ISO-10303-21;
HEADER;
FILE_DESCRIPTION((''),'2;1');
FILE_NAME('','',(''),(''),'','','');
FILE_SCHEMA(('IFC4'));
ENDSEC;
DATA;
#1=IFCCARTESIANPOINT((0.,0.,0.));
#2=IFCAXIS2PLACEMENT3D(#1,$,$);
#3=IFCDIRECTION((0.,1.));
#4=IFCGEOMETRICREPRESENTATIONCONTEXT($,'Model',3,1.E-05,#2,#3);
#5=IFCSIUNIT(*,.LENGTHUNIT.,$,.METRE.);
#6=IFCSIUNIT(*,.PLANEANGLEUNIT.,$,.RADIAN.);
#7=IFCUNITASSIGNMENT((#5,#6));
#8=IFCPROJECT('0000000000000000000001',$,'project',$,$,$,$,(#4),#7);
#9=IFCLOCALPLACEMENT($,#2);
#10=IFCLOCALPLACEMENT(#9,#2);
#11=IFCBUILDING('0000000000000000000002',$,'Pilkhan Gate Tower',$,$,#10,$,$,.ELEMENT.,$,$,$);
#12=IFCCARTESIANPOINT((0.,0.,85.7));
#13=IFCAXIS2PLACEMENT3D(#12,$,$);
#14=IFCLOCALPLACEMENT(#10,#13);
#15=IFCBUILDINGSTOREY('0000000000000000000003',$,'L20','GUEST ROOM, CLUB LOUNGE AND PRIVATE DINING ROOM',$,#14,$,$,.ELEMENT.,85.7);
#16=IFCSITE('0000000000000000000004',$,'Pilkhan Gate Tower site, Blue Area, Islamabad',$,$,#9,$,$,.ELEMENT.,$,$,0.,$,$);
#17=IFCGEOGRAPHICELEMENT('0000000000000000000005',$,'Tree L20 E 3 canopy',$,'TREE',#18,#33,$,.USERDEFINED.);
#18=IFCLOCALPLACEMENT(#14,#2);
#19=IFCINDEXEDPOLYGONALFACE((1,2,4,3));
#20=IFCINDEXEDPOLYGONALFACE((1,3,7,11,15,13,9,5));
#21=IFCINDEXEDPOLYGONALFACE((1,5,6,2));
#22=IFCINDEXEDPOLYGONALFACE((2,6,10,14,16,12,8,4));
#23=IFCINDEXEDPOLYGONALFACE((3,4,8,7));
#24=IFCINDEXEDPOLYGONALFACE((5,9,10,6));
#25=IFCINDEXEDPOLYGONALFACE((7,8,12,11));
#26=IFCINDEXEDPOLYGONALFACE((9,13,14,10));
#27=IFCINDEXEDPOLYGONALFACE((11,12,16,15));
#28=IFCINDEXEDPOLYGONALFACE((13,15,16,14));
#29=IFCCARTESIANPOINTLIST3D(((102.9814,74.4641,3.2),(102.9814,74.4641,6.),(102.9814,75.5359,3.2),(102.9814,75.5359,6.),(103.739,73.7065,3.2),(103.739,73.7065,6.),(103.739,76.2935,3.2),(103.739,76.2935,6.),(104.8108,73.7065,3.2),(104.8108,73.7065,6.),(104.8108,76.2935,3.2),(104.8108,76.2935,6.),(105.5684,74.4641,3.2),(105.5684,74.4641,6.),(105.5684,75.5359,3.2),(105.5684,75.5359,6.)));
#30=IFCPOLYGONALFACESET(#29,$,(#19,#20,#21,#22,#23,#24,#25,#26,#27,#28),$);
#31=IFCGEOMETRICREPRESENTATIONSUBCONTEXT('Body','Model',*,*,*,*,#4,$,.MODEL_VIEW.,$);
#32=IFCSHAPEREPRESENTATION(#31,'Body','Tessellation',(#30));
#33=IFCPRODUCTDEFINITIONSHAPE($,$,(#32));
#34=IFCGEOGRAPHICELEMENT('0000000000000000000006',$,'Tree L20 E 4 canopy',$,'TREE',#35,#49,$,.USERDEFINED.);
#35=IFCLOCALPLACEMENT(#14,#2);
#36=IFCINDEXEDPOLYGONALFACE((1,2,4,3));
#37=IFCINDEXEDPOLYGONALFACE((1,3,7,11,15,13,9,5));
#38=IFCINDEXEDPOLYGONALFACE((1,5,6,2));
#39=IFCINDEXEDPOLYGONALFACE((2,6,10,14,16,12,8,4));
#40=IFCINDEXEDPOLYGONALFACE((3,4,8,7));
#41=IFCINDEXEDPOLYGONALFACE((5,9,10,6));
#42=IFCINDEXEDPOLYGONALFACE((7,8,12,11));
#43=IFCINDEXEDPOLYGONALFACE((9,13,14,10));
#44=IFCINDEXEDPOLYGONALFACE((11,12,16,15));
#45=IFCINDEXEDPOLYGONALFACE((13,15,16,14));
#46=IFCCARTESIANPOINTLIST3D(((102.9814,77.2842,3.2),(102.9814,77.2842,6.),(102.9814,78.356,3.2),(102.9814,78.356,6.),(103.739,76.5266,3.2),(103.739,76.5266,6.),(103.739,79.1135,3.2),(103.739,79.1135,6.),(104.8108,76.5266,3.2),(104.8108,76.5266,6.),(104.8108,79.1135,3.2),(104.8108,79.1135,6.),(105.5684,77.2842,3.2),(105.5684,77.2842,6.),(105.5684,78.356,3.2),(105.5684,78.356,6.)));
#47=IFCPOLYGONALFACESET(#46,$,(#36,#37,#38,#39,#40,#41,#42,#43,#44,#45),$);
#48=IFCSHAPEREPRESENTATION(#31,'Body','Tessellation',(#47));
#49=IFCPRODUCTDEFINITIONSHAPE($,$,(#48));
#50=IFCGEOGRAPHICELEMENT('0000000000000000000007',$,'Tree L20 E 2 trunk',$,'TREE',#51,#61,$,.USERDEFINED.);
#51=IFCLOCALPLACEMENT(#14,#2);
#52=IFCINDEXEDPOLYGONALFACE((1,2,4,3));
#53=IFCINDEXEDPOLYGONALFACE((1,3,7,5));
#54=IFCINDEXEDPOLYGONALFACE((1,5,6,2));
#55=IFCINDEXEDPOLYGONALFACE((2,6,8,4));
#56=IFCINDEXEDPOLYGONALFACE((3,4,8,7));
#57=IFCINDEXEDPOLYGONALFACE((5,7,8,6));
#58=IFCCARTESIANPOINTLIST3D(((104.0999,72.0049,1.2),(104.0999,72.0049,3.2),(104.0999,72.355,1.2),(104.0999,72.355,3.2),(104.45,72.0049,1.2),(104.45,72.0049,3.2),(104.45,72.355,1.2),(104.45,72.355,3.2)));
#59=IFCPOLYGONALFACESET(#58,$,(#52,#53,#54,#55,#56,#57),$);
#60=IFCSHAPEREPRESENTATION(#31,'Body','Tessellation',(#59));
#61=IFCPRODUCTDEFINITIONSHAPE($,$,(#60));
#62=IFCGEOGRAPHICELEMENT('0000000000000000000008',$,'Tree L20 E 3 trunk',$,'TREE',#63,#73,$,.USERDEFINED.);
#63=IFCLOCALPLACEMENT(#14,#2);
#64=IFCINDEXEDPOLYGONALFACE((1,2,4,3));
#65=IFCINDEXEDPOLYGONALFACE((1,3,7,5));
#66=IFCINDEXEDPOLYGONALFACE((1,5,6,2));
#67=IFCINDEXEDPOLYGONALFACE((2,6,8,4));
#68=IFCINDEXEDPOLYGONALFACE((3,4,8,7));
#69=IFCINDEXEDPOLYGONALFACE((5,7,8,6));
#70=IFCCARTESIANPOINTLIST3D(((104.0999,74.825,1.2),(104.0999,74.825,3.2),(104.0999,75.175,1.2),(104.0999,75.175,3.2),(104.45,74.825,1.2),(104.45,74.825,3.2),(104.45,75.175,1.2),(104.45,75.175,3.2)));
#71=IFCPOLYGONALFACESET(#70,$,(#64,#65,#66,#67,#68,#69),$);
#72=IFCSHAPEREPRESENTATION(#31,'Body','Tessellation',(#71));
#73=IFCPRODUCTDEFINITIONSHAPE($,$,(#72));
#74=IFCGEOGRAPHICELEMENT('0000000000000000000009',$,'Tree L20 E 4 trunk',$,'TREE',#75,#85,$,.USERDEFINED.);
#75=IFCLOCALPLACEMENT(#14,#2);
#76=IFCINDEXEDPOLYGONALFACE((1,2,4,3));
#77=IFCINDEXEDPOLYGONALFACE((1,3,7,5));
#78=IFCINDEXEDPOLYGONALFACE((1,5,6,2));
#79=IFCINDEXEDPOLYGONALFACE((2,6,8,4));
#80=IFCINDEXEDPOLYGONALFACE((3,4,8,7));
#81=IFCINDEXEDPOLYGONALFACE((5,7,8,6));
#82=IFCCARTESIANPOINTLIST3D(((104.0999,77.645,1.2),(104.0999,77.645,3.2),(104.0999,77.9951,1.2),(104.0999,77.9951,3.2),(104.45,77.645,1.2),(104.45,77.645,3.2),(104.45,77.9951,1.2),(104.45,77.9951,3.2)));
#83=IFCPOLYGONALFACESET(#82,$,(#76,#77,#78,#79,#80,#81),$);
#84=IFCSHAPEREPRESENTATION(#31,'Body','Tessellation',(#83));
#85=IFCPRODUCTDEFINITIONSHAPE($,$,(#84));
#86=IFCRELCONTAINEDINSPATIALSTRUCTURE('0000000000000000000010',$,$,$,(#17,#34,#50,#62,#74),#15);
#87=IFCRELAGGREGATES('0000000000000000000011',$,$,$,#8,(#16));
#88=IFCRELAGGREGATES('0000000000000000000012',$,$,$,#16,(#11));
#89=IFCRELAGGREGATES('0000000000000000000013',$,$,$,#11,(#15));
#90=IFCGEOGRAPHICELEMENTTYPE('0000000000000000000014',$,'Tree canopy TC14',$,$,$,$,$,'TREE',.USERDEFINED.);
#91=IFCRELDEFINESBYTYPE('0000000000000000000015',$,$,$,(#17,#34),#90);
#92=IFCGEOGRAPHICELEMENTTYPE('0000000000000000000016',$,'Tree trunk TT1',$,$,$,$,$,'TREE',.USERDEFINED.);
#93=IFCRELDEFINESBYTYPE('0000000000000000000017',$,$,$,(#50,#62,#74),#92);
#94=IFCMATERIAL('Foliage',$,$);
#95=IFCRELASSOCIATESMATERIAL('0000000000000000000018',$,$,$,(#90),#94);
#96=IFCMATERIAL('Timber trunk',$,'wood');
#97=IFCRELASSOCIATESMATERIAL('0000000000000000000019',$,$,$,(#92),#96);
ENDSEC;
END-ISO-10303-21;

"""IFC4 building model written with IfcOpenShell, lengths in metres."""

from ifc_helpers import new_model, si_unit, direction, frame, origin, origin_2d, place, context, subcontext, project, spatial, polyline, rectangle, outline, extrude, material, material_profile, profile_set, type_object, element, save


model = new_model("IFC4")

# Units and contexts
model_context = context("Model", 3, precision=1e-05, world=origin(), true_north=direction((0.0, 1.0)))
body_context = subcontext(model_context, "Body", "Model", "MODEL_VIEW")
ifc_project = project(units=[si_unit("LENGTHUNIT", "METRE"), si_unit("PLANEANGLEUNIT", "RADIAN")], contexts=[model_context])

# Site, building, storey
site_placement = place(None, origin())
site = spatial("IfcSite", under=ifc_project, at=site_placement, Name="Pilkhan Gate Tower site, Blue Area, Islamabad", CompositionType="ELEMENT", RefElevation=0.0)
building_placement = place(site_placement, origin())
building = spatial("IfcBuilding", under=site, at=building_placement, Name="Pilkhan Gate Tower", CompositionType="ELEMENT")
storey_placement = place(building_placement, frame((0.0, 0.0, 85.7)))
storey = spatial("IfcBuildingStorey", under=building, at=storey_placement, Name="L20", Description="GUEST ROOM, CLUB LOUNGE AND PRIVATE DINING ROOM", CompositionType="ELEMENT", Elevation=85.7)

# Geographic elements
ifc_material_1 = material(Name="Foliage")
ifc_material_profile_1 = material_profile(ifc_material_1, outline(polyline([(1.2935, 0.5359), (0.5359, 1.2935), (-0.5359, 1.2935), (-1.2935, 0.5359), (-1.2935, -0.5359), (-0.5359, -1.2935), (0.5359, -1.2935), (1.2935, -0.5359), (1.2935, 0.5359)])), Name="Canopy D2.8")
ifc_profile_set_1 = profile_set([ifc_material_profile_1], Name="Foliage")
geographic_element_type_1 = type_object("IfcGeographicElementType", Name="Tree canopy TC14", ElementType="TREE", PredefinedType="USERDEFINED", material=ifc_profile_set_1)
for number, where, z_axis, x_axis, name in (
    (1, (104.2749, 75.0, 3.2), (0.0, 0.0, 1.0), (1.0, 0.0, 0.0), "Tree L20 E 3 canopy"),
    (2, (104.2749, 77.8201, 3.2), (0.0, 0.0, 1.0), (1.0, 0.0, 0.0), "Tree L20 E 4 canopy"),
):
    element("IfcGeographicElement", number, at=place(storey_placement, frame(where, z_axis=z_axis, x_axis=x_axis)), inside=storey, type_object=geographic_element_type_1, Name=name, ObjectType="TREE", PredefinedType="USERDEFINED", context=body_context, shape_type="SweptSolid", body=[
        extrude(outline(polyline([(1.2935, 0.5359), (0.5359, 1.2935), (-0.5359, 1.2935), (-1.2935, 0.5359), (-1.2935, -0.5359), (-0.5359, -1.2935), (0.5359, -1.2935), (1.2935, -0.5359), (1.2935, 0.5359)])), origin(), (0.0, 0.0, 1.0), 2.8),
    ])
ifc_material_2 = material(Name="Timber trunk", Category="wood")
geographic_element_type_2 = type_object("IfcGeographicElementType", Name="Tree trunk TT1", ElementType="TREE", PredefinedType="USERDEFINED", material=ifc_material_2)
for number, where, z_axis, x_axis, name in (
    (3, (104.2749, 72.1799, 1.2), (0.0, 0.0, 1.0), (1.0, 0.0, 0.0), "Tree L20 E 2 trunk"),
    (4, (104.2749, 75.0, 1.2), (0.0, 0.0, 1.0), (1.0, 0.0, 0.0), "Tree L20 E 3 trunk"),
    (5, (104.2749, 77.8201, 1.2), (0.0, 0.0, 1.0), (1.0, 0.0, 0.0), "Tree L20 E 4 trunk"),
):
    element("IfcGeographicElement", number, at=place(storey_placement, frame(where, z_axis=z_axis, x_axis=x_axis)), inside=storey, type_object=geographic_element_type_2, Name=name, ObjectType="TREE", PredefinedType="USERDEFINED", context=body_context, shape_type="SweptSolid", body=[
        extrude(rectangle(XDim=0.3501, YDim=0.3501, at=origin_2d()), origin(), (0.0, 0.0, 1.0), 2.0),
    ])

save(model, "model.ifc")
